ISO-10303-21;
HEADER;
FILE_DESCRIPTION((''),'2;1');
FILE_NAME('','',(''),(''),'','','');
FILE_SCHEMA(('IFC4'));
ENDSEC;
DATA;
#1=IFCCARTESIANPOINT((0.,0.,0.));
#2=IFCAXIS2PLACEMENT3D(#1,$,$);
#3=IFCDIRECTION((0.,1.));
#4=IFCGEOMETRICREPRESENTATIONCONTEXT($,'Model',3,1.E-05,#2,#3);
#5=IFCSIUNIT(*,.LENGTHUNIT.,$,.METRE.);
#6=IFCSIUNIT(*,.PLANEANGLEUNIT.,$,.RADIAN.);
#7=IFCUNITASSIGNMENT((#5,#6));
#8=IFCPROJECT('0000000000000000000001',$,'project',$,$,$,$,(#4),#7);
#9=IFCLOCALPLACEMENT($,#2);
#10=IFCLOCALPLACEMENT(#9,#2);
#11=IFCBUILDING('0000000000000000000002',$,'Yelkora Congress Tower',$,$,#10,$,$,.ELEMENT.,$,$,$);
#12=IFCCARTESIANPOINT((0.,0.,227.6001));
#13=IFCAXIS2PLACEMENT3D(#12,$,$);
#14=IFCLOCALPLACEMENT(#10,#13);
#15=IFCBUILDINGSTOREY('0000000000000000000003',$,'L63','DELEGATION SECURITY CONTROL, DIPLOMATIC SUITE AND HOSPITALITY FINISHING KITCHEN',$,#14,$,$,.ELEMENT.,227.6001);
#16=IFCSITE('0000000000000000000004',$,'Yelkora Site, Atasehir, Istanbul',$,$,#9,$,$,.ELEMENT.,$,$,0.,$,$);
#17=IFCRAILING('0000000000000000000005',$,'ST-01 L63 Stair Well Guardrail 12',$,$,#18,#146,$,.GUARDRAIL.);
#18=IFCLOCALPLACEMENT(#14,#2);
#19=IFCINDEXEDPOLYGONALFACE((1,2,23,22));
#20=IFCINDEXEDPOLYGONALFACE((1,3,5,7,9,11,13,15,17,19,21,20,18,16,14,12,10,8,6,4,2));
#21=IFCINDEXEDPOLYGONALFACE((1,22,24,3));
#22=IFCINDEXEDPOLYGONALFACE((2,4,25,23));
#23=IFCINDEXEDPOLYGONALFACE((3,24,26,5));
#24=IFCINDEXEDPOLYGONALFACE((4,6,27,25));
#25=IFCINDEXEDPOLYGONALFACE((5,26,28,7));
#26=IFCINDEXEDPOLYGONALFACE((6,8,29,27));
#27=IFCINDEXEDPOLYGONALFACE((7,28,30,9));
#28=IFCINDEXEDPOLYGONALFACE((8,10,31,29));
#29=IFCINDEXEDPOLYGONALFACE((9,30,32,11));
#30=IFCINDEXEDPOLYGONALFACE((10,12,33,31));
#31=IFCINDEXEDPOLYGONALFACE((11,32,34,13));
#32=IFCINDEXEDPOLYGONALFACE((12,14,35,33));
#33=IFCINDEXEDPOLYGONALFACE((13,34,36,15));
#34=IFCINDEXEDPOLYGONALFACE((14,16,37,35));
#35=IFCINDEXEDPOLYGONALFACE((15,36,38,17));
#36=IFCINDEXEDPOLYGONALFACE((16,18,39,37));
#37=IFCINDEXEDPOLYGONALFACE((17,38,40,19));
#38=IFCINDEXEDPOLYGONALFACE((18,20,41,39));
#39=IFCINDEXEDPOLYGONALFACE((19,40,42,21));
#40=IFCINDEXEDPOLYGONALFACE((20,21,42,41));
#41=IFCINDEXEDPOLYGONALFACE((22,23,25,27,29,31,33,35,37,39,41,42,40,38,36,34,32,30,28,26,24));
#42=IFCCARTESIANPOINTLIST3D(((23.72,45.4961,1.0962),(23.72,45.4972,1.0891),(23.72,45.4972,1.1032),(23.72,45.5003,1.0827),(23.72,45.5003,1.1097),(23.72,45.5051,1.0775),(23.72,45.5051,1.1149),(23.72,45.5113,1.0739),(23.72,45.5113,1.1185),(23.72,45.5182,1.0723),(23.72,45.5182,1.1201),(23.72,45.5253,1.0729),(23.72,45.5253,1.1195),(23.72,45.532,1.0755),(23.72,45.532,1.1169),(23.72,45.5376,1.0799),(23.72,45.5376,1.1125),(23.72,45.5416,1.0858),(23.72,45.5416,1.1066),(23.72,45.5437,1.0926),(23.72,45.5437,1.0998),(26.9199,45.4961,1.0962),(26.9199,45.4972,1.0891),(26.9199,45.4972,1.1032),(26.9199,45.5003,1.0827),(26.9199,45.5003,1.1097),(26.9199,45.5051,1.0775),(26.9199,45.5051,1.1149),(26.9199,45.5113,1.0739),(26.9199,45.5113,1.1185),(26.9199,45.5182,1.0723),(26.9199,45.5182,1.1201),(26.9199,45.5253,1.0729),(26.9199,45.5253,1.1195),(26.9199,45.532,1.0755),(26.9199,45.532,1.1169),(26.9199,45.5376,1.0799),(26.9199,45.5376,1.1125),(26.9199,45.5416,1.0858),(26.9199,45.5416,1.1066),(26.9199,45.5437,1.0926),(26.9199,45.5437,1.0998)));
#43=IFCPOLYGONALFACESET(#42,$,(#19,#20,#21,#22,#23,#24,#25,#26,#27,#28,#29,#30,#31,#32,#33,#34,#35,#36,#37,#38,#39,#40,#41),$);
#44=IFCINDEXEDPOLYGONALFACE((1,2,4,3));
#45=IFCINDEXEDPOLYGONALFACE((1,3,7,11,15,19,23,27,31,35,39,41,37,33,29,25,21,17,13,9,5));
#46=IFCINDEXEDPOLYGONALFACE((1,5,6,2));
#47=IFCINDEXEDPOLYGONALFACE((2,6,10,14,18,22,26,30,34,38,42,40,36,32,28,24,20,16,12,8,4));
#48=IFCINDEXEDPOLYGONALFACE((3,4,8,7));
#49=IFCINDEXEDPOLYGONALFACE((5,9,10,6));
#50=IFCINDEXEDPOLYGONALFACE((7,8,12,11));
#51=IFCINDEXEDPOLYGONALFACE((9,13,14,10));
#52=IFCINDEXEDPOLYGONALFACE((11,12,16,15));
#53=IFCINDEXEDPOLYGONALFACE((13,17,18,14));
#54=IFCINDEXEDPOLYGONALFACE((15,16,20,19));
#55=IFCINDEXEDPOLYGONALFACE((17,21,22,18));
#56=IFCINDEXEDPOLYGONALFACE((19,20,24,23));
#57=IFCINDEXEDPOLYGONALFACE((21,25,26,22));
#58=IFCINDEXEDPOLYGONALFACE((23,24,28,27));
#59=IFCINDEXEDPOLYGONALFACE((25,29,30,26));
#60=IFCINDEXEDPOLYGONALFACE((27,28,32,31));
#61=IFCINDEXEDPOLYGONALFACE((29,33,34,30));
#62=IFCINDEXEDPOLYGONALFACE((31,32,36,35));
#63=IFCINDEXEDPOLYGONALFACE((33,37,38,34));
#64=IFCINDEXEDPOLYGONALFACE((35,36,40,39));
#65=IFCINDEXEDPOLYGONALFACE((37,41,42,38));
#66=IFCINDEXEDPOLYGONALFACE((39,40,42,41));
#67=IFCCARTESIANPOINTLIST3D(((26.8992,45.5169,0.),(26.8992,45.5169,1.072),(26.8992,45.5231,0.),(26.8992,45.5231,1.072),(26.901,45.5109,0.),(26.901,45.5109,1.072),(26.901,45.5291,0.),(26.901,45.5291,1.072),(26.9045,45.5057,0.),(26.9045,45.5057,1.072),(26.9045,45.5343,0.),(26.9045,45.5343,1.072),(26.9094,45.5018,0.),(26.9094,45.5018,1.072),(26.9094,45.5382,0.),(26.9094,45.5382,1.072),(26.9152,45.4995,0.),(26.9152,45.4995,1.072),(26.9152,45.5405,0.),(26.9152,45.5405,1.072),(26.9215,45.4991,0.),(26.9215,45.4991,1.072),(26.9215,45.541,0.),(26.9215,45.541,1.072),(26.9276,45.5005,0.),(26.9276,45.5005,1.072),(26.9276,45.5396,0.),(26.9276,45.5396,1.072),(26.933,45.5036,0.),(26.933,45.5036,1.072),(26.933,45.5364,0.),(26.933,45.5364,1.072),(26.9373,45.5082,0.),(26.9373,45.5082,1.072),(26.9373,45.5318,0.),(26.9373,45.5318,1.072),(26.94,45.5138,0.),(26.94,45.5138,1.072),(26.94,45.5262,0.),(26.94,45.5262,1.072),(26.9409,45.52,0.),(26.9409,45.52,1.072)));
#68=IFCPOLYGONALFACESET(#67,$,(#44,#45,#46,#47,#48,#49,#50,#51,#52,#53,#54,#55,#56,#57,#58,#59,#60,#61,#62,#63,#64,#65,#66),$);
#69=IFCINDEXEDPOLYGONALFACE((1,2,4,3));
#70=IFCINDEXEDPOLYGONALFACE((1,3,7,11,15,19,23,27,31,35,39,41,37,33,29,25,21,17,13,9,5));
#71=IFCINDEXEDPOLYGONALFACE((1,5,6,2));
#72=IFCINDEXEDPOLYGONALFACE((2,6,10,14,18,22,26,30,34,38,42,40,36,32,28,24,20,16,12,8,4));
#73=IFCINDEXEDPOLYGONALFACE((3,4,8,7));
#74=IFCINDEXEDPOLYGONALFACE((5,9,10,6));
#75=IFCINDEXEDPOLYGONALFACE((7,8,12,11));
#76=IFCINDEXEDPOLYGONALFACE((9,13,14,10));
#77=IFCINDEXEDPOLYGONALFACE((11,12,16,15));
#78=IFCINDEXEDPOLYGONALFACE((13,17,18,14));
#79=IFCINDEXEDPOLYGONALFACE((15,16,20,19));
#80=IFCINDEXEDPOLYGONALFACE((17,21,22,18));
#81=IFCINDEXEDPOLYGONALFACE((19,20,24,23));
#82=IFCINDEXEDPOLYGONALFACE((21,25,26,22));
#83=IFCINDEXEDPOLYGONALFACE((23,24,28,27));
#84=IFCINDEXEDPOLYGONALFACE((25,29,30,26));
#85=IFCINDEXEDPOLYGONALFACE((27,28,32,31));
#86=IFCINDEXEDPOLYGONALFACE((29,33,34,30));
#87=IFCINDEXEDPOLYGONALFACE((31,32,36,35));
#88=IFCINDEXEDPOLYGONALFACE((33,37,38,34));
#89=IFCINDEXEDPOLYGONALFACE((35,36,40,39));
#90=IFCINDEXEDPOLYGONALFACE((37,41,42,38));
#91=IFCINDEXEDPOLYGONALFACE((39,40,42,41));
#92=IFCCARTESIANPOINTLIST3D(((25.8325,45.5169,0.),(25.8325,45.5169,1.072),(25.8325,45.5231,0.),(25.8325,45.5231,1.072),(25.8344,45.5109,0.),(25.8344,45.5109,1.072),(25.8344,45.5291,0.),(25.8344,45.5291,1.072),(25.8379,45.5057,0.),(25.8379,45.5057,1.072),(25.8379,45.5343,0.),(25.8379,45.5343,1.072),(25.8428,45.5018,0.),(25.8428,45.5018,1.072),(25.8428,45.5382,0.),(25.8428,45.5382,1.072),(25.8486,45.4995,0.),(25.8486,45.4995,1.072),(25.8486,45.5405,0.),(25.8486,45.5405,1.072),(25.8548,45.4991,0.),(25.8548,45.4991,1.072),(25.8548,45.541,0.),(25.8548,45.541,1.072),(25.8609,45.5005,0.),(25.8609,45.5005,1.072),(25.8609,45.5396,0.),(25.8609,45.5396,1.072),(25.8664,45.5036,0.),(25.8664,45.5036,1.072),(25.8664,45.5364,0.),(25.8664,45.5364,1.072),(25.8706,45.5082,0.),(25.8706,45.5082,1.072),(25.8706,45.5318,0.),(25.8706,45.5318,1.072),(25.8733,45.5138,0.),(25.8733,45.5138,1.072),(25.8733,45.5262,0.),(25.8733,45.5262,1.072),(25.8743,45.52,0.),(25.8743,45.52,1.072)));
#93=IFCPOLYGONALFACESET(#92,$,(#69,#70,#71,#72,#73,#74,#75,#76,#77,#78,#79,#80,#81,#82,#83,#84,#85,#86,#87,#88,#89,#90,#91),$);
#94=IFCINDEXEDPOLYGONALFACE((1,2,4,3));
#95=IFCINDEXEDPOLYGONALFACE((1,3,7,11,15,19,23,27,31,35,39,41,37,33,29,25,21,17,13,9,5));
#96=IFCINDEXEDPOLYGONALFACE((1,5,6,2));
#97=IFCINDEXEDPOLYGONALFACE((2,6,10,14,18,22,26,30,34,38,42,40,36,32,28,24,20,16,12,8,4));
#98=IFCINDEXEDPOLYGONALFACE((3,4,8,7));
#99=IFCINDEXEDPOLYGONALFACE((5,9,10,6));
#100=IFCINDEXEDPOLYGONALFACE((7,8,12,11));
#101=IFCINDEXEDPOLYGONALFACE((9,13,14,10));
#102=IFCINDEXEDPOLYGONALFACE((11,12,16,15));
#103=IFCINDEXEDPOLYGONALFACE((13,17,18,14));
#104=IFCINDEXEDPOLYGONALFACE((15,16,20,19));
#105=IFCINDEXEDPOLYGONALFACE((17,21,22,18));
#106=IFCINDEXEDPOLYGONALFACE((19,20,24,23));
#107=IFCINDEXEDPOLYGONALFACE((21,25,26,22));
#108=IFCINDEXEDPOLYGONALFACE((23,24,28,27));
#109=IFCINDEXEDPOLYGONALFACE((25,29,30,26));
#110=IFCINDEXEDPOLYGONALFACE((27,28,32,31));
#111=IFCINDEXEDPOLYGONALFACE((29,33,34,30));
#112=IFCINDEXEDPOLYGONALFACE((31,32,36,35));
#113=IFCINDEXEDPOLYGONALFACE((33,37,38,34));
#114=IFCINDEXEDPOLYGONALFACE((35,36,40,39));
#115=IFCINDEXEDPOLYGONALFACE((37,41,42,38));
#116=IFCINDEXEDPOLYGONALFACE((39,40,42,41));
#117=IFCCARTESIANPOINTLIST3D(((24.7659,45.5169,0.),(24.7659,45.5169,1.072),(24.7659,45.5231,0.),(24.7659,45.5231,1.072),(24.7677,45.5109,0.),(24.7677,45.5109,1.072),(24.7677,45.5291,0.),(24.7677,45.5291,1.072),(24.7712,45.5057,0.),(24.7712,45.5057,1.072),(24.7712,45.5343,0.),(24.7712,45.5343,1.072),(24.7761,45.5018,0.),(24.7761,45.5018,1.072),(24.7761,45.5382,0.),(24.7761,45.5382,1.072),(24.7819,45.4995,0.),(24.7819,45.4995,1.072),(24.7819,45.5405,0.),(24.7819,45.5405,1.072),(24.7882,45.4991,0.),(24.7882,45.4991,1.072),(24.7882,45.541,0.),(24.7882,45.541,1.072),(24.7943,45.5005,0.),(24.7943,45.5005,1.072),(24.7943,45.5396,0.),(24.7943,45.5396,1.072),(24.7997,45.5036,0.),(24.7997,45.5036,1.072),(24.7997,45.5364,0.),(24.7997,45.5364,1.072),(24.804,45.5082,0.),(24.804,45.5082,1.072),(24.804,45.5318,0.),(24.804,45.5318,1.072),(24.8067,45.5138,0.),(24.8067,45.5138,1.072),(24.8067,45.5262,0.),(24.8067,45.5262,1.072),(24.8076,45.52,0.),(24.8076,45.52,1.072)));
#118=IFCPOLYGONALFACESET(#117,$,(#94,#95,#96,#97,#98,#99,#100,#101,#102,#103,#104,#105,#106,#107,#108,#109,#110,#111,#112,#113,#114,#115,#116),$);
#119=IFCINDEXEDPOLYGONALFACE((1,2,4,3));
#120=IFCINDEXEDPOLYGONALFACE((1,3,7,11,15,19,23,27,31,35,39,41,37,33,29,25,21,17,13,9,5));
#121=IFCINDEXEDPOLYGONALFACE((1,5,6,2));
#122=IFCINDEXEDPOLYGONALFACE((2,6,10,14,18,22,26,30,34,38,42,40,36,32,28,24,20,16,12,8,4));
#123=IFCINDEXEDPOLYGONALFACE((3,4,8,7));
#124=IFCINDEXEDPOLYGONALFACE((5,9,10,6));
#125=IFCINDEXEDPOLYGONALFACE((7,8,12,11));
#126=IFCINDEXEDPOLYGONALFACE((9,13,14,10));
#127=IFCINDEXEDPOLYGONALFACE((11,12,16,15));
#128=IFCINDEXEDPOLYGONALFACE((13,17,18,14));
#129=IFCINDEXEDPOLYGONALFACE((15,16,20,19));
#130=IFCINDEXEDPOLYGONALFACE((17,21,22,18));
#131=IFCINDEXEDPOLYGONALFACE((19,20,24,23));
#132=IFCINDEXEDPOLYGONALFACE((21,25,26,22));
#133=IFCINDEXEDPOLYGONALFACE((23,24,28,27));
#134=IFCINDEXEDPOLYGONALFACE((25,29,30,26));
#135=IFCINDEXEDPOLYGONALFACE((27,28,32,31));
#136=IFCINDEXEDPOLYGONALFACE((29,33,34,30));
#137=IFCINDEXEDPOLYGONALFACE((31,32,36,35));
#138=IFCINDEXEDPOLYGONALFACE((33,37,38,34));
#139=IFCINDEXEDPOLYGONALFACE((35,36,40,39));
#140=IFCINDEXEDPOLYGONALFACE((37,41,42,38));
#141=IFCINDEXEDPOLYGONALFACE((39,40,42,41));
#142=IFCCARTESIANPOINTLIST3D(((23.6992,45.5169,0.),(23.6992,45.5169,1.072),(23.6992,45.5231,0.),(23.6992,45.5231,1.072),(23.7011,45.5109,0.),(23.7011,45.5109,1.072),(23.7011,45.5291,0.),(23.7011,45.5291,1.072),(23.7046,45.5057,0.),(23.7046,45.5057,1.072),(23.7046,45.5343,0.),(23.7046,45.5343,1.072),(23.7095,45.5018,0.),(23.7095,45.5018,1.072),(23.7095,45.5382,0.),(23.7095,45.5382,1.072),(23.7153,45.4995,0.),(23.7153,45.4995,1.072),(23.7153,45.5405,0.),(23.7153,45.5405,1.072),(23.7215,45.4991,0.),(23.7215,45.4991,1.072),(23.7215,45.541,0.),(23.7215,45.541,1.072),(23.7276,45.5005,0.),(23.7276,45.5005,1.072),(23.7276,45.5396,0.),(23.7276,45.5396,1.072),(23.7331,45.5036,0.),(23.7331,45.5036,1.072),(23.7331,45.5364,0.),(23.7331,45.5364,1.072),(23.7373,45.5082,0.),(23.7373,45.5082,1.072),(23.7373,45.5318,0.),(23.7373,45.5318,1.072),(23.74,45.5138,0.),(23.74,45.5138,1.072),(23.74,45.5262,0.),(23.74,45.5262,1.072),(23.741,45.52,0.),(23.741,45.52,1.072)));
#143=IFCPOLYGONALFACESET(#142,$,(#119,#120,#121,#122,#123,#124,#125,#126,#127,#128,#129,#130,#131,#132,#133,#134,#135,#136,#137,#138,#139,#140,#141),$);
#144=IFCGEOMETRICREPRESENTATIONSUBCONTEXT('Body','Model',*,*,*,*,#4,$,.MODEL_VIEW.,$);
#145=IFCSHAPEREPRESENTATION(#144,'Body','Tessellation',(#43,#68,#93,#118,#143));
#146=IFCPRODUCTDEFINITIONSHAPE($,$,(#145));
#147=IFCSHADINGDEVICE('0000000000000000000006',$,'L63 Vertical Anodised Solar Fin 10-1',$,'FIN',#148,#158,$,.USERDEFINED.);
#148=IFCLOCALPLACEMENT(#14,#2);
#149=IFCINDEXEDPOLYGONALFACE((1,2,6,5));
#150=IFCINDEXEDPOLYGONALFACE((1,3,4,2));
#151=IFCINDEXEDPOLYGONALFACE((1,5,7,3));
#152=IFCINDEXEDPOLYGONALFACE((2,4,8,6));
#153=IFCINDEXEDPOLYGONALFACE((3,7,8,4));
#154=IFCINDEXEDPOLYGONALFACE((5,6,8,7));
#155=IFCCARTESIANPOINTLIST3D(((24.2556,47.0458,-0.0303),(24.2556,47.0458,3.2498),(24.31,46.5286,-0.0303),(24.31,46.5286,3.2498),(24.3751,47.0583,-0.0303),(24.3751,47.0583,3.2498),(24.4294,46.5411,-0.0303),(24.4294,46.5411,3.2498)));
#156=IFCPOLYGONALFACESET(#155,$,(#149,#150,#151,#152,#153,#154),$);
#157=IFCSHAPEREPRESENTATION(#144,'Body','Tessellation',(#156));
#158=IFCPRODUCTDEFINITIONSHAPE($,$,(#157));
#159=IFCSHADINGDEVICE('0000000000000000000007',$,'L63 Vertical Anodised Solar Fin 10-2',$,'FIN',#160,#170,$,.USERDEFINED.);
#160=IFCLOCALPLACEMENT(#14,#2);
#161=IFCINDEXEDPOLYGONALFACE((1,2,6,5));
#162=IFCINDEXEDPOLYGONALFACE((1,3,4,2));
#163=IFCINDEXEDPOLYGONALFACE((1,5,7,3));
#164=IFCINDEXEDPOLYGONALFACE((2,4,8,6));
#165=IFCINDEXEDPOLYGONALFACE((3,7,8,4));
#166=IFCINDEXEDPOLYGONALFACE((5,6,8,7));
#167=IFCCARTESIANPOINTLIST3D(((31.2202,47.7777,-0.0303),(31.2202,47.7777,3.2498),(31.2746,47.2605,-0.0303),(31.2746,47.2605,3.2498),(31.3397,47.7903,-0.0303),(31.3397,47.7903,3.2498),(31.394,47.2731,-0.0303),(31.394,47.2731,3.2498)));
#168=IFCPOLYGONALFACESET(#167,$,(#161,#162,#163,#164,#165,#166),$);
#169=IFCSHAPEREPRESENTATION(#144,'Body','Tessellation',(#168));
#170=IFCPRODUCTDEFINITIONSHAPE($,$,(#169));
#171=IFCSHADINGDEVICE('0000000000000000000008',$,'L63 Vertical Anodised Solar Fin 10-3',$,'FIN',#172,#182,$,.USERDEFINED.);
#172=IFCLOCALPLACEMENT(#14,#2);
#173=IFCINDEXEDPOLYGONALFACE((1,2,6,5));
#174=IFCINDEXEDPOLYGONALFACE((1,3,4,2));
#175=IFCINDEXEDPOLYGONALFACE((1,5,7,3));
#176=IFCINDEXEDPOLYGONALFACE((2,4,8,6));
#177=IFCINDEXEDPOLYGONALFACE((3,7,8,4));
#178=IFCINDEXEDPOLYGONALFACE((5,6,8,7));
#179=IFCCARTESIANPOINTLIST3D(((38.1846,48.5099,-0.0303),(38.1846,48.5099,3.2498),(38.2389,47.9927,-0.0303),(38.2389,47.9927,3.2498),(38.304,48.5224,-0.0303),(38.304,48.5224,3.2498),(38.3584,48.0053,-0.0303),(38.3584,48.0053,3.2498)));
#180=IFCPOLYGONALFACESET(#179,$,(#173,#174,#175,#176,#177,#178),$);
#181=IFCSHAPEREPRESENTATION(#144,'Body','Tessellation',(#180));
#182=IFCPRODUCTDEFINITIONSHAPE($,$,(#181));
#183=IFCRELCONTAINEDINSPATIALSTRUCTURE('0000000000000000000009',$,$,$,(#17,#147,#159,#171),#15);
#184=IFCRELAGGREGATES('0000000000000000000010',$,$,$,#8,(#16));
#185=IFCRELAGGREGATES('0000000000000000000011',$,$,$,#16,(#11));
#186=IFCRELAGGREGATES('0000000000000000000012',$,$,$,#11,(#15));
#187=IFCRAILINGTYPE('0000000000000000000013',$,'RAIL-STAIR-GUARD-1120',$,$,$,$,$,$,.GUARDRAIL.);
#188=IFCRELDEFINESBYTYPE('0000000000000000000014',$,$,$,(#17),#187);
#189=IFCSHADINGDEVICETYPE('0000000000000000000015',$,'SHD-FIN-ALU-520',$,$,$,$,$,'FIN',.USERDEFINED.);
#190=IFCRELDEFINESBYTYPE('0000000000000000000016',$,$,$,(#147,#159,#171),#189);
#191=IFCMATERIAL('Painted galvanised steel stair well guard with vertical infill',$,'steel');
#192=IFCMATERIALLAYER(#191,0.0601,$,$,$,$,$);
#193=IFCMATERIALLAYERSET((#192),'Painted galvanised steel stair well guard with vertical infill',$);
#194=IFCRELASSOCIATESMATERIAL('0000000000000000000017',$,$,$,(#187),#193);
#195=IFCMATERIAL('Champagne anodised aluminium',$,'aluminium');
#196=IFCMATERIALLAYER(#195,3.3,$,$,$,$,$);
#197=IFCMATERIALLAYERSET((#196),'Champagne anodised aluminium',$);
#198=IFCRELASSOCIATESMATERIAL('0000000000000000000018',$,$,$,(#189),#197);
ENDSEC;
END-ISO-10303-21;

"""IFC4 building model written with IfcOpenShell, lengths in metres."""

from ifc_helpers import new_model, si_unit, direction, frame, origin, origin_2d, place, context, subcontext, project, spatial, rectangle, circle, extrude, material, layer, layer_set, type_object, element, save


model = new_model("IFC4")

# Units and contexts
model_context = context("Model", 3, precision=1e-05, world=origin(), true_north=direction((0.0, 1.0)))
body_context = subcontext(model_context, "Body", "Model", "MODEL_VIEW")
ifc_project = project(units=[si_unit("LENGTHUNIT", "METRE"), si_unit("PLANEANGLEUNIT", "RADIAN")], contexts=[model_context])

# Site, building, storey
site_placement = place(None, origin())
site = spatial("IfcSite", under=ifc_project, at=site_placement, Name="Yelkora Site, Atasehir, Istanbul", CompositionType="ELEMENT", RefElevation=0.0)
building_placement = place(site_placement, origin())
building = spatial("IfcBuilding", under=site, at=building_placement, Name="Yelkora Congress Tower", CompositionType="ELEMENT")
storey_placement = place(building_placement, frame((0.0, 0.0, 227.6001)))
storey = spatial("IfcBuildingStorey", under=building, at=storey_placement, Name="L63", Description="DELEGATION SECURITY CONTROL, DIPLOMATIC SUITE AND HOSPITALITY FINISHING KITCHEN", CompositionType="ELEMENT", Elevation=227.6001)

# Railing
ifc_material_1 = material(Name="Painted galvanised steel stair well guard with vertical infill", Category="steel")
ifc_layer_1 = layer(ifc_material_1, 0.0601)
ifc_layer_set_1 = layer_set([ifc_layer_1], Name="Painted galvanised steel stair well guard with vertical infill")
railing_type = type_object("IfcRailingType", Name="RAIL-STAIR-GUARD-1120", PredefinedType="GUARDRAIL", material=ifc_layer_set_1)
railing_1_placement = place(storey_placement, frame((26.9199, 45.52, 0.0)))
element("IfcRailing", 1, at=railing_1_placement, inside=storey, type_object=railing_type, Name="ST-01 L63 Stair Well Guardrail 12", PredefinedType="GUARDRAIL", context=body_context, shape_type="SweptSolid", body=[
    extrude(circle(Radius=0.0239, at=origin_2d()), frame((0.0, 0.0, 1.0962), z_axis=(-1.0, 0.0, 0.0), x_axis=(0.0, -1.0, 0.0)), (0.0, 0.0, 1.0), 3.2),
    extrude(circle(Radius=0.021, at=origin_2d()), origin(), (0.0, 0.0, 1.0), 1.072),
    extrude(circle(Radius=0.021, at=origin_2d()), frame((-1.0667, 0.0, 0.0)), (0.0, 0.0, 1.0), 1.072),
    extrude(circle(Radius=0.021, at=origin_2d()), frame((-2.1333, 0.0, 0.0)), (0.0, 0.0, 1.0), 1.072),
    extrude(circle(Radius=0.021, at=origin_2d()), frame((-3.2, 0.0, 0.0)), (0.0, 0.0, 1.0), 1.072),
])

# Shading devices
ifc_material_2 = material(Name="Champagne anodised aluminium", Category="aluminium")
ifc_layer_2 = layer(ifc_material_2, 3.3)
ifc_layer_set_2 = layer_set([ifc_layer_2], Name="Champagne anodised aluminium")
shading_device_type = type_object("IfcShadingDeviceType", Name="SHD-FIN-ALU-520", ElementType="FIN", PredefinedType="USERDEFINED", material=ifc_layer_set_2)
for number, where, z_axis, x_axis, name in (
    (2, (24.3425, 46.7935, -0.0303), (0.0, 0.0, 1.0), (0.994522, 0.104528, 0.0), "L63 Vertical Anodised Solar Fin 10-1"),
    (3, (31.3071, 47.5254, -0.0303), (0.0, 0.0, 1.0), (0.994522, 0.104528, 0.0), "L63 Vertical Anodised Solar Fin 10-2"),
    (4, (38.2715, 48.2576, -0.0303), (0.0, 0.0, 1.0), (0.994522, 0.104528, 0.0), "L63 Vertical Anodised Solar Fin 10-3"),
):
    element("IfcShadingDevice", number, at=place(storey_placement, frame(where, z_axis=z_axis, x_axis=x_axis)), inside=storey, type_object=shading_device_type, Name=name, ObjectType="FIN", PredefinedType="USERDEFINED", context=body_context, shape_type="SweptSolid", body=[
        extrude(rectangle(XDim=0.1201, YDim=0.52, at=origin_2d()), origin(), (0.0, 0.0, 1.0), 3.28),
    ])

save(model, "model.ifc")
